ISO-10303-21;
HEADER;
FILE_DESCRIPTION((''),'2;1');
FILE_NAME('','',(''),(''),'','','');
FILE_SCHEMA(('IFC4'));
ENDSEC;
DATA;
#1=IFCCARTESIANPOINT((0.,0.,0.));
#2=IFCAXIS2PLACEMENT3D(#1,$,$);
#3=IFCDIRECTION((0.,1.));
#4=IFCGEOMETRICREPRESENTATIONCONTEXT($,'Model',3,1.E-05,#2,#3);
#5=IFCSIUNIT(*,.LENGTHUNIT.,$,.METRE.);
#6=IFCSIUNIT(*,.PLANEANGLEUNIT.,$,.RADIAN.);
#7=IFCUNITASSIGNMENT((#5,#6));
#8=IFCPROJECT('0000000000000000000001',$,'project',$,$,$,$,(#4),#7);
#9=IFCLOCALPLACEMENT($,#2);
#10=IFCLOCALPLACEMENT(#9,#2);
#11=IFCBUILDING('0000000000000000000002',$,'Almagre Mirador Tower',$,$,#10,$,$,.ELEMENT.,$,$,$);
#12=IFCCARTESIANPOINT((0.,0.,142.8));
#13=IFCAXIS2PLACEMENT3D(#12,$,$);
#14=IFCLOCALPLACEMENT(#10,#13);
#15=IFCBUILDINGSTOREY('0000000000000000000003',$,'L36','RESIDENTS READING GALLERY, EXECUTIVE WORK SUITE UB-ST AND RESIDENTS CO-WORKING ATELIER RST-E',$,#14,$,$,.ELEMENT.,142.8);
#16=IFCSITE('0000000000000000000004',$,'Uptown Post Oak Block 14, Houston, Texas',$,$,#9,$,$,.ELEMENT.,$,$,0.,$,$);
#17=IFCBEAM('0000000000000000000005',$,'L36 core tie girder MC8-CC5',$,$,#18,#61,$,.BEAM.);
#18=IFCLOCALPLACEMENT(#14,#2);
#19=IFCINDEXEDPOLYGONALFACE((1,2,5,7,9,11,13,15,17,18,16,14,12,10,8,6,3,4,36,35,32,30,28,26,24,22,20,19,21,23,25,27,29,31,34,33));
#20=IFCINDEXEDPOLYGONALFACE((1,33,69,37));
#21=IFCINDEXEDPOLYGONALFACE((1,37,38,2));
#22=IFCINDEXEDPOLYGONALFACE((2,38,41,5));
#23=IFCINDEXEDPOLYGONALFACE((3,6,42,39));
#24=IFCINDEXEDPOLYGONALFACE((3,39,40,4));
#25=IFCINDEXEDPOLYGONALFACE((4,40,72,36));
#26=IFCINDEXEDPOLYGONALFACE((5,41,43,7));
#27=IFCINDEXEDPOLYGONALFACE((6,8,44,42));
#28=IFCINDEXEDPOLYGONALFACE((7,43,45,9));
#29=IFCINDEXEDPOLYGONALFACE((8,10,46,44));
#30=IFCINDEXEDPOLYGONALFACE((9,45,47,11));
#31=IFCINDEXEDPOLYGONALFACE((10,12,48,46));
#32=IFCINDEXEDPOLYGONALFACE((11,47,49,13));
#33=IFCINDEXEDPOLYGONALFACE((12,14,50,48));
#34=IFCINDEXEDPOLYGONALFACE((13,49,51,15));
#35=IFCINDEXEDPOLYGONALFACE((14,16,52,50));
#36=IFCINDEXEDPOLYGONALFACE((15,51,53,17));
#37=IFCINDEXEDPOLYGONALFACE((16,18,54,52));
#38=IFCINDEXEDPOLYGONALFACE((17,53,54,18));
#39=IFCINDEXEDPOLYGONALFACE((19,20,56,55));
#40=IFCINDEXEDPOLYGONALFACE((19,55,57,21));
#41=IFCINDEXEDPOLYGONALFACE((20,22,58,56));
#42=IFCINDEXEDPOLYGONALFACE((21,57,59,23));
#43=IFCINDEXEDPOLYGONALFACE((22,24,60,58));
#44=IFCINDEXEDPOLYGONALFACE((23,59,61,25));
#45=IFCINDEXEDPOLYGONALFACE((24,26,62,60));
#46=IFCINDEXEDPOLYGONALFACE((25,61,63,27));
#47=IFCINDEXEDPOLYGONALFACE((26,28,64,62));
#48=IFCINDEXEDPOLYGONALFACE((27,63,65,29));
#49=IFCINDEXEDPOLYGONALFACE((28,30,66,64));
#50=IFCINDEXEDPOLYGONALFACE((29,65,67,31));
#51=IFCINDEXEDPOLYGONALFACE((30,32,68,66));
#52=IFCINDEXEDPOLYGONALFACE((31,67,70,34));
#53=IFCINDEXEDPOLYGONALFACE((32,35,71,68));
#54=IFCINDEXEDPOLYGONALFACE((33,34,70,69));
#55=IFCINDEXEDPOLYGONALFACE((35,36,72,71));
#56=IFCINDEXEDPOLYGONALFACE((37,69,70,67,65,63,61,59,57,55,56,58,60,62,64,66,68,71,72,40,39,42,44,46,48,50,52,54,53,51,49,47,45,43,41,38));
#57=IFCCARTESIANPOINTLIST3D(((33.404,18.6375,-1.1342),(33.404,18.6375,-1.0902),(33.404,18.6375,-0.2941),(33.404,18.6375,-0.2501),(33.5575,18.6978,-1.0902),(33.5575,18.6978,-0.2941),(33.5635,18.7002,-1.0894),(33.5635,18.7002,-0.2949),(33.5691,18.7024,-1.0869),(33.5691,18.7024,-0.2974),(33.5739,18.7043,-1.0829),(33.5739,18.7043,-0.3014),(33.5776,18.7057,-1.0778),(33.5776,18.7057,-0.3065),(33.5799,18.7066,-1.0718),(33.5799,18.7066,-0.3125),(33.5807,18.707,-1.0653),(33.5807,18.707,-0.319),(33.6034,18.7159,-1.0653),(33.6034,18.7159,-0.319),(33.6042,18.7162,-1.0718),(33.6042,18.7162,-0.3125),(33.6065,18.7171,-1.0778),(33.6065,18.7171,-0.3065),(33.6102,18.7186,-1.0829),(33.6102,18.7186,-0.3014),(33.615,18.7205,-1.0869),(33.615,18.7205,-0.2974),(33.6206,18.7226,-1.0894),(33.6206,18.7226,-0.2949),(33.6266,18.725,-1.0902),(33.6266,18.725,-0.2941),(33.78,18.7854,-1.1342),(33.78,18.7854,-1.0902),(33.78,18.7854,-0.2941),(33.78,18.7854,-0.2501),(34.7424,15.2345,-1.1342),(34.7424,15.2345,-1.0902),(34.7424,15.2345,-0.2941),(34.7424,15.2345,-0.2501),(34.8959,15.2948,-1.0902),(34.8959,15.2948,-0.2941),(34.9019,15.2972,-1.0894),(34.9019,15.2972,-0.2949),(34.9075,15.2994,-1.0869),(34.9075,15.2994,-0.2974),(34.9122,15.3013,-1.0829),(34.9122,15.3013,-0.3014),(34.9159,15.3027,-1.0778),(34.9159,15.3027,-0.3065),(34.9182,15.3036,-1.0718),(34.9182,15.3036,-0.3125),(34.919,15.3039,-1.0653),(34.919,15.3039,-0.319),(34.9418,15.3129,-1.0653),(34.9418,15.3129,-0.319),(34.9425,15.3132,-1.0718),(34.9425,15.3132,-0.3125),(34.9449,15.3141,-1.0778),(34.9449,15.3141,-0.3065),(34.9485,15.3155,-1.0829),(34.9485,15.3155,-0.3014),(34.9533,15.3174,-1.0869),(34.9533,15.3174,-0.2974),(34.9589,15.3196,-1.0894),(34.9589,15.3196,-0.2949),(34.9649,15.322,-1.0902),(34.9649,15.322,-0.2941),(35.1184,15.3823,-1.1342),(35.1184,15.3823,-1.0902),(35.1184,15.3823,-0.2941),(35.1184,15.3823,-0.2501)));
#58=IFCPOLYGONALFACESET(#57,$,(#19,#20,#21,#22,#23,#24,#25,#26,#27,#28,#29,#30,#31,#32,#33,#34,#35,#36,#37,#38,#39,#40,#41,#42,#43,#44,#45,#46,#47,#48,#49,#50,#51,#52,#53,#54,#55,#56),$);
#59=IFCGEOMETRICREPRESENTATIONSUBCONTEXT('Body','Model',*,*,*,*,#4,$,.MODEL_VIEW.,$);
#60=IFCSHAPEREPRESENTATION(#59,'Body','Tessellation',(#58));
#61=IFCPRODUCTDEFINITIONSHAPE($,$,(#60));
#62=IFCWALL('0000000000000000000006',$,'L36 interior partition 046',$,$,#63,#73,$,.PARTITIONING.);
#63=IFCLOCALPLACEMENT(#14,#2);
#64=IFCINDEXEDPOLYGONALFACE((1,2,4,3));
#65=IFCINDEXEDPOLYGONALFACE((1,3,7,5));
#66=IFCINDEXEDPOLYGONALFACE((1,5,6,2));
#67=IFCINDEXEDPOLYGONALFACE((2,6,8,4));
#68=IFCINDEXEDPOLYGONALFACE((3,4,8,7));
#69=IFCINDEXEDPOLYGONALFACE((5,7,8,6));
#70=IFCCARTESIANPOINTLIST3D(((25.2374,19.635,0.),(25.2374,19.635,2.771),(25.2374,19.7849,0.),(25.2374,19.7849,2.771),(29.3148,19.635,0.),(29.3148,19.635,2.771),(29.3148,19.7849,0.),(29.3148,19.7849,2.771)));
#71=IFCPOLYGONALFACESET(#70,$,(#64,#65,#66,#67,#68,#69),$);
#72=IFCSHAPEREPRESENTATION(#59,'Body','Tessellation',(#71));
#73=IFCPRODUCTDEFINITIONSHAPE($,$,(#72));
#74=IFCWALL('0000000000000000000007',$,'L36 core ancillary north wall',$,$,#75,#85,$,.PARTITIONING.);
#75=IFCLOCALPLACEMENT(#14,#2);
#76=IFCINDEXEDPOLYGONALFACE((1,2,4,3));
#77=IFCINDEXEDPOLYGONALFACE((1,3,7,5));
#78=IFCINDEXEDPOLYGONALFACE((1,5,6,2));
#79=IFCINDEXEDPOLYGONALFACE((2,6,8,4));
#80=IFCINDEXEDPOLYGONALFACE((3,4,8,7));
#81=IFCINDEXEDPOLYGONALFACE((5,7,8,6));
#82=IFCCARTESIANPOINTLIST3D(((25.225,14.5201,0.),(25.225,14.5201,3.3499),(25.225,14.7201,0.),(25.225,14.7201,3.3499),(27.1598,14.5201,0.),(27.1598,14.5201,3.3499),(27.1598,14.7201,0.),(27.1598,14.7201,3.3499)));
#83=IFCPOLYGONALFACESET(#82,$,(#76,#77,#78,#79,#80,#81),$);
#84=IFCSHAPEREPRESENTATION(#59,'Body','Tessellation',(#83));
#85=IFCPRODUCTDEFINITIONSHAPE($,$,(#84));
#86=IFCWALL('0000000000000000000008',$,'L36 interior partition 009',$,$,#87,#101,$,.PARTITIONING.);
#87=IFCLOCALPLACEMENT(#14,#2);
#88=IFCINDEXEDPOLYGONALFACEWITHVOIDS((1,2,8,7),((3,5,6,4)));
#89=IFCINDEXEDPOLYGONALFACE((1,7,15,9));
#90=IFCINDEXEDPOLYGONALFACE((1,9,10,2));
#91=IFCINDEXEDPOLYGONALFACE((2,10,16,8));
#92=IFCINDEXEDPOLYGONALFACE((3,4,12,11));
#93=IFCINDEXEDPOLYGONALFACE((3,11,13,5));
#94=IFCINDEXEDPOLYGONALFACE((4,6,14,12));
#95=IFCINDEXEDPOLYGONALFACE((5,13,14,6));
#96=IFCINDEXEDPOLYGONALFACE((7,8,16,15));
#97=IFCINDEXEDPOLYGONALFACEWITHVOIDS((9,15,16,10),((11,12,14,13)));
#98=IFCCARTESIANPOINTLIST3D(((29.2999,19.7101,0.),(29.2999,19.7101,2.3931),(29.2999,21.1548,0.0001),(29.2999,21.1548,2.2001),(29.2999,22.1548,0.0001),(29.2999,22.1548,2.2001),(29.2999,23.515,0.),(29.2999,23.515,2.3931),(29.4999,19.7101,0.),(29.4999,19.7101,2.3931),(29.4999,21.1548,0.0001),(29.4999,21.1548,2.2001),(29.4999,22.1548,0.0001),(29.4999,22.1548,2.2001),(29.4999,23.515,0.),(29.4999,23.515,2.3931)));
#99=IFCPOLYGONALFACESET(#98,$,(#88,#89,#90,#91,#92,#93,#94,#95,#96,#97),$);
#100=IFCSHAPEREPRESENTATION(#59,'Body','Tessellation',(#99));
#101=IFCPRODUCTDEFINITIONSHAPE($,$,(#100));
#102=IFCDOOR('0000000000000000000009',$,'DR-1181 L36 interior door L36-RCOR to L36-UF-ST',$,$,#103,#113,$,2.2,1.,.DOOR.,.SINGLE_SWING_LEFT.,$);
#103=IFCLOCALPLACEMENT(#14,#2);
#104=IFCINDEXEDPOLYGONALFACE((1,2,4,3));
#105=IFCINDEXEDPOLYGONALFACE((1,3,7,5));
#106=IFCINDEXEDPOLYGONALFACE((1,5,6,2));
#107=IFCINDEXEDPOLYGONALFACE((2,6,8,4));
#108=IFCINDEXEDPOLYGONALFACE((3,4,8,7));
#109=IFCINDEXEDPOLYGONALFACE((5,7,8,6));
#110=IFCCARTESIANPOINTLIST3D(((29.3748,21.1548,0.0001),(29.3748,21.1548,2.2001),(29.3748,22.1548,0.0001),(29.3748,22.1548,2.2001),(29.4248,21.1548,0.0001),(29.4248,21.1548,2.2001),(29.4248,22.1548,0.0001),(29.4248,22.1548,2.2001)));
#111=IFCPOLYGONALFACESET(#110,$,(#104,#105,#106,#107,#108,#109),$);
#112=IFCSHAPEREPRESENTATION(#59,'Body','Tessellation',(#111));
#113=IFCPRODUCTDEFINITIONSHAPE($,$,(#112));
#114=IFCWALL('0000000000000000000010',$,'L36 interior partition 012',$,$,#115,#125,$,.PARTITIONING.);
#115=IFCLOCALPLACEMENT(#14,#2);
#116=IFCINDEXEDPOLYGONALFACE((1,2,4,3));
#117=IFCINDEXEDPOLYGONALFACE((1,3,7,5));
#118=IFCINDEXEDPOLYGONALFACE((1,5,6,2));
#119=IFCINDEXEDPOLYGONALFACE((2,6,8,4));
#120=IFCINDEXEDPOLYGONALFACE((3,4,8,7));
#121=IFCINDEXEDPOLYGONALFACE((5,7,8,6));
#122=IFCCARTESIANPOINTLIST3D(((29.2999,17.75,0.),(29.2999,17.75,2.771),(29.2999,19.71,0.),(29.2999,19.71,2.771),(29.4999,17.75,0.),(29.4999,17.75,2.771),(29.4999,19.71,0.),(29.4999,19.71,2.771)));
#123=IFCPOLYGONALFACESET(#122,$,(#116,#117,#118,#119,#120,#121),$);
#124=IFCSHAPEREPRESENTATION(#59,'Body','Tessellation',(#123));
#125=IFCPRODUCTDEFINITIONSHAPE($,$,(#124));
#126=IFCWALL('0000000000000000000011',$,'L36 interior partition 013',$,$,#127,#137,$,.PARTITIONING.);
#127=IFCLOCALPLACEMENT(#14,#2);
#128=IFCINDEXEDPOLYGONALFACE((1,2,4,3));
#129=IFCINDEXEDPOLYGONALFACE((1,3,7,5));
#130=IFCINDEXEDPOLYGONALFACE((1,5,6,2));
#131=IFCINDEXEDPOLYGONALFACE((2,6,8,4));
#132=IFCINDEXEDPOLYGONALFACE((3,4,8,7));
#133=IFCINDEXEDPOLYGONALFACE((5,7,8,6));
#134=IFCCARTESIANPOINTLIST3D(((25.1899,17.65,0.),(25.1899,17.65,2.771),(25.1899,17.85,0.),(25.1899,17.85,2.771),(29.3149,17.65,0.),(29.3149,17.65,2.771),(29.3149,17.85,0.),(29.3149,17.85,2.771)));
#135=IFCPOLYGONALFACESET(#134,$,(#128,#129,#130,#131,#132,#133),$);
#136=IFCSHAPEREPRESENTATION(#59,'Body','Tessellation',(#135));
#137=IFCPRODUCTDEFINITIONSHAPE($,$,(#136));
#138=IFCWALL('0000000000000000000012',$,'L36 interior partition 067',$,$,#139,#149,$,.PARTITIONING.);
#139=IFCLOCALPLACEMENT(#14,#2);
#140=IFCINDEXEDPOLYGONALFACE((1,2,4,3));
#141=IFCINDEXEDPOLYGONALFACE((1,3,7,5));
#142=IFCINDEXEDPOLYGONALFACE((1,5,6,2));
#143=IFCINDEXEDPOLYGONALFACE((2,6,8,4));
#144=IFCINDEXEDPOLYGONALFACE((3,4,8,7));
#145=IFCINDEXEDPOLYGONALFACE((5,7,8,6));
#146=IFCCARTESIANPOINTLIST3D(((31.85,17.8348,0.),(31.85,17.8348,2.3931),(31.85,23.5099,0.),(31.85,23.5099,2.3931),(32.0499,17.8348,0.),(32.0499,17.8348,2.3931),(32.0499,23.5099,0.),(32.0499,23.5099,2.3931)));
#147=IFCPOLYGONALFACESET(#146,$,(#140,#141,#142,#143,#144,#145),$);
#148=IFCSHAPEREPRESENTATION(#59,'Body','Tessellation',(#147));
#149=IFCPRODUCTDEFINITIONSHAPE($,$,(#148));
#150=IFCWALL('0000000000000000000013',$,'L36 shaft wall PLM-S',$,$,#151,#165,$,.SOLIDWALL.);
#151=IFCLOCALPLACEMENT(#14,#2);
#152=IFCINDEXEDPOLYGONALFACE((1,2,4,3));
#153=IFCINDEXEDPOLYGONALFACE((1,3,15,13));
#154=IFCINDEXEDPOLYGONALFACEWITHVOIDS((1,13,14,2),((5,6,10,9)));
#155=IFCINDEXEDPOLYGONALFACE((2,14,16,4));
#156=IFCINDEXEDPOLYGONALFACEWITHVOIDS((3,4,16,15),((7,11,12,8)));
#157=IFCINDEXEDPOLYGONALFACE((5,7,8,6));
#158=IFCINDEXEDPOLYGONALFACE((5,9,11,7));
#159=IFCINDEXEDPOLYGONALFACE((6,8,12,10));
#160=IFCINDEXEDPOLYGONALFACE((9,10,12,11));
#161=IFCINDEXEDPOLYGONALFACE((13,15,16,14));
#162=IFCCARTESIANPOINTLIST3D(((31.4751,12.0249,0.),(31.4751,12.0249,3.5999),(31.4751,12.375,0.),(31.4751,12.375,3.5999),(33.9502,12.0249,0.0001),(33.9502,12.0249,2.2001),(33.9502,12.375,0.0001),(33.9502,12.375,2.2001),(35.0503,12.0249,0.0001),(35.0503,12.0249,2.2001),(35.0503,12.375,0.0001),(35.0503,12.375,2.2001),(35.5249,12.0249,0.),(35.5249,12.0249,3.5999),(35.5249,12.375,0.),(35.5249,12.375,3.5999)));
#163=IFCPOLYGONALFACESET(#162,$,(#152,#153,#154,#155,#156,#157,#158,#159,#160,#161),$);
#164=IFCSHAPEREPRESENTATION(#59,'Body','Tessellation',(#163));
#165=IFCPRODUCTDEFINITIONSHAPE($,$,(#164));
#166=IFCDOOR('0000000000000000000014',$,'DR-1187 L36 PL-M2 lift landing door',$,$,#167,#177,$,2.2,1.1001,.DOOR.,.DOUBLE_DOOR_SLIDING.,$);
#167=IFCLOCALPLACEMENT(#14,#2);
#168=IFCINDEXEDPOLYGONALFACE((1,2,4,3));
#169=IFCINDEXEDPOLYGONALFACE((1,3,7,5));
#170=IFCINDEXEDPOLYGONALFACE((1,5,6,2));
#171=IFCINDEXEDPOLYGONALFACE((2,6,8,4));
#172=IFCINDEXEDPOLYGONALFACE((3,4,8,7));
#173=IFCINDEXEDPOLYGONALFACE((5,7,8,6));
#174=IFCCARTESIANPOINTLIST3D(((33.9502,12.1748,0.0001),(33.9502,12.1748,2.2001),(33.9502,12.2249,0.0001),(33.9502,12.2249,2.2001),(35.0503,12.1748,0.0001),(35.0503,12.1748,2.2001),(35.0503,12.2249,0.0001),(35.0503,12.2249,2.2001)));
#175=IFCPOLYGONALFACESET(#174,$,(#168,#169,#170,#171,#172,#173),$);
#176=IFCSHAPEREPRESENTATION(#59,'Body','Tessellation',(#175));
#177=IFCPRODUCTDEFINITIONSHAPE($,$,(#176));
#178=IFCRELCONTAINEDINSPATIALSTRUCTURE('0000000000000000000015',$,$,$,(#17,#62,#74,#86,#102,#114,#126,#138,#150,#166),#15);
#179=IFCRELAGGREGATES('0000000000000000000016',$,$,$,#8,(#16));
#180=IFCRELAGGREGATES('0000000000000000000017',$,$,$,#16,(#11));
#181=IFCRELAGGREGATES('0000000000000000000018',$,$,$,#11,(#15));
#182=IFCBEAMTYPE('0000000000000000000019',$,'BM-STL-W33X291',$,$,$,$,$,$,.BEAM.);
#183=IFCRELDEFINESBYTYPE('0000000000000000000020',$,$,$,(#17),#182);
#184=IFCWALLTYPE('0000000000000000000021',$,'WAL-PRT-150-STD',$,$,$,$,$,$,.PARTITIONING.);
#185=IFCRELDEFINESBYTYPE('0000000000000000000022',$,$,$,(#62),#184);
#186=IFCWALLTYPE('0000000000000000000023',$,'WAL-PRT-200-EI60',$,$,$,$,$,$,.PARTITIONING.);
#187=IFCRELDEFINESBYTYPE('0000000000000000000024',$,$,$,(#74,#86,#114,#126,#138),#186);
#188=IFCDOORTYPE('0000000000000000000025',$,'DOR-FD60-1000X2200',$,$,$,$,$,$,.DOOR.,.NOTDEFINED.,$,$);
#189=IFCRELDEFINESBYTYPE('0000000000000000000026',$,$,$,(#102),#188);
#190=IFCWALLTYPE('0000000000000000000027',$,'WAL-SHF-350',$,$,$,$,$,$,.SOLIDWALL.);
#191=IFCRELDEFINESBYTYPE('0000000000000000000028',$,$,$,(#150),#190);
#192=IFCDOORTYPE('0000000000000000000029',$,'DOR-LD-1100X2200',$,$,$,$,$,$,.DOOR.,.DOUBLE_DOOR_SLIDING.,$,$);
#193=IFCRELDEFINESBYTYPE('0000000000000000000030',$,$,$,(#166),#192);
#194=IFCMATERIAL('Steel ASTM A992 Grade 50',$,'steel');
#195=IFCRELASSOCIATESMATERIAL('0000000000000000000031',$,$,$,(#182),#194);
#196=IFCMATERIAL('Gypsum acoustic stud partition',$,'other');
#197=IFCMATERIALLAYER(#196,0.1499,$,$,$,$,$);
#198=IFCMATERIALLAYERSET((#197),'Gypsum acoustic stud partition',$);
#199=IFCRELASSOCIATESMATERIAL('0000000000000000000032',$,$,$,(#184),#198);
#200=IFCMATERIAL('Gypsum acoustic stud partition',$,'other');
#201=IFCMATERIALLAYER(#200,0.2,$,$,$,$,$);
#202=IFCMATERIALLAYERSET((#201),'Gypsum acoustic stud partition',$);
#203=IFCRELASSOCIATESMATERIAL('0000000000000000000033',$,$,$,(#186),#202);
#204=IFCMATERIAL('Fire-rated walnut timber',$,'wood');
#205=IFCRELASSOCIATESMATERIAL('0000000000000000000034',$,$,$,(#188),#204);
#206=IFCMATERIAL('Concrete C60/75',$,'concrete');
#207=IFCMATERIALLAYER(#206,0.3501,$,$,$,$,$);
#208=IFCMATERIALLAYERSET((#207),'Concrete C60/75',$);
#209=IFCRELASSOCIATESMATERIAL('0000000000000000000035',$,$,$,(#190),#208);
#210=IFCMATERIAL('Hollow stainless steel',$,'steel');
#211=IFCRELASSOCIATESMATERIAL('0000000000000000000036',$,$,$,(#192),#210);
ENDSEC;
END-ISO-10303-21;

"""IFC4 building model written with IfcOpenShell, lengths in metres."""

from ifc_helpers import new_model, si_unit, direction, frame, frame_2d, origin, origin_2d, place, context, subcontext, project, spatial, rectangle, i_section, extrude, material, layer, layer_set, material_profile, profile_set, type_object, element, fill, save


model = new_model("IFC4")

# Units and contexts
model_context = context("Model", 3, precision=1e-05, world=origin(), true_north=direction((0.0, 1.0)))
body_context = subcontext(model_context, "Body", "Model", "MODEL_VIEW")
ifc_project = project(units=[si_unit("LENGTHUNIT", "METRE"), si_unit("PLANEANGLEUNIT", "RADIAN")], contexts=[model_context])

# Site, building, storey
site_placement = place(None, origin())
site = spatial("IfcSite", under=ifc_project, at=site_placement, Name="Uptown Post Oak Block 14, Houston, Texas", CompositionType="ELEMENT", RefElevation=0.0)
building_placement = place(site_placement, origin())
building = spatial("IfcBuilding", under=site, at=building_placement, Name="Almagre Mirador Tower", CompositionType="ELEMENT")
storey_placement = place(building_placement, frame((0.0, 0.0, 142.8)))
storey = spatial("IfcBuildingStorey", under=building, at=storey_placement, Name="L36", Description="RESIDENTS READING GALLERY, EXECUTIVE WORK SUITE UB-ST AND RESIDENTS CO-WORKING ATELIER RST-E", CompositionType="ELEMENT", Elevation=142.8)

# Beam
ifc_material_1 = material(Name="Steel ASTM A992 Grade 50", Category="steel")
ifc_material_profile_1 = material_profile(ifc_material_1, i_section(OverallWidth=0.4041, OverallDepth=0.884, WebThickness=0.0244, FlangeThickness=0.0439, FilletRadius=0.0249, at=origin_2d()), Name="W33X291")
ifc_profile_set_1 = profile_set([ifc_material_profile_1], Name="Steel ASTM A992 Grade 50")
beam_type_1 = type_object("IfcBeamType", Name="BM-STL-W33X291", PredefinedType="BEAM", material=ifc_profile_set_1)
beam_1_placement = place(storey_placement, frame((33.592, 18.7114, -0.6921), z_axis=(0.365997, -0.930616, 0.0), x_axis=(0.930616, 0.365997, 0.0)))
element("IfcBeam", 1, at=beam_1_placement, inside=storey, type_object=beam_type_1, Name="L36 core tie girder MC8-CC5", PredefinedType="BEAM", context=body_context, shape_type="SweptSolid", body=[
    extrude(i_section(OverallWidth=0.4041, OverallDepth=0.884, WebThickness=0.0244, FlangeThickness=0.0439, FilletRadius=0.0249, at=origin_2d()), origin(), (0.0, 0.0, 1.0), 3.6567),
])

# Walls
ifc_material_2 = material(Name="Gypsum acoustic stud partition", Category="other")
ifc_layer_1 = layer(ifc_material_2, 0.1499)
ifc_layer_set_1 = layer_set([ifc_layer_1], Name="Gypsum acoustic stud partition")
wall_type_1 = type_object("IfcWallType", Name="WAL-PRT-150-STD", PredefinedType="PARTITIONING", material=ifc_layer_set_1)
wall_1_placement = place(storey_placement, frame((25.2375, 19.71, 0.0), z_axis=(0.0, 0.0, 1.0), x_axis=(1.0, 0.0, 0.0)))
element("IfcWall", 2, at=wall_1_placement, inside=storey, type_object=wall_type_1, Name="L36 interior partition 046", PredefinedType="PARTITIONING", context=body_context, shape_type="SweptSolid", body=[
    extrude(rectangle(XDim=4.0774, YDim=0.1499, at=frame_2d((2.0386, 0.0))), origin(), (0.0, 0.0, 1.0), 2.771),
])
ifc_material_3 = material(Name="Gypsum acoustic stud partition", Category="other")
ifc_layer_2 = layer(ifc_material_3, 0.2)
ifc_layer_set_2 = layer_set([ifc_layer_2], Name="Gypsum acoustic stud partition")
wall_type_2 = type_object("IfcWallType", Name="WAL-PRT-200-EI60", PredefinedType="PARTITIONING", material=ifc_layer_set_2)
wall_2_placement = place(storey_placement, frame((25.2251, 14.6201, 0.0), z_axis=(0.0, 0.0, 1.0), x_axis=(1.0, 0.0, 0.0)))
element("IfcWall", 3, at=wall_2_placement, inside=storey, type_object=wall_type_2, Name="L36 core ancillary north wall", PredefinedType="PARTITIONING", context=body_context, shape_type="SweptSolid", body=[
    extrude(rectangle(XDim=1.9348, YDim=0.2, at=frame_2d((0.9673, 0.0))), origin(), (0.0, 0.0, 1.0), 3.3499),
])

# Wall, opening, door
wall_3_placement = place(storey_placement, frame((29.3999, 23.5149, 0.0), z_axis=(0.0, 0.0, 1.0), x_axis=(0.0, -1.0, 0.0)))
wall_3 = element("IfcWall", 4, at=wall_3_placement, inside=storey, type_object=wall_type_2, Name="L36 interior partition 009", PredefinedType="PARTITIONING", context=body_context, shape_type="SweptSolid", body=[
    extrude(rectangle(XDim=3.8049, YDim=0.2, at=frame_2d((1.9023, 0.0))), origin(), (0.0, 0.0, 1.0), 2.3931),
])
opening_1_placement = place(wall_3_placement, frame((1.3601, 0.0, 0.0)))
opening_1 = element("IfcOpeningElement", 5, at=opening_1_placement, cuts=wall_3, PredefinedType="OPENING", context=body_context, shape_type="SweptSolid", body=[
    extrude(rectangle(XDim=1.0, YDim=2.2, at=frame_2d((0.5, 1.1001))), frame((0.0, 0.1101, 0.0), z_axis=(0.0, -1.0, 0.0), x_axis=(1.0, 0.0, 0.0)), (0.0, 0.0, 1.0), 0.22),
])
ifc_material_4 = material(Name="Fire-rated walnut timber", Category="wood")
door_type_1 = type_object("IfcDoorType", Name="DOR-FD60-1000X2200", OperationType="NOTDEFINED", PredefinedType="DOOR", material=ifc_material_4)
door_1_placement = place(opening_1_placement, origin())
door_1 = element("IfcDoor", 6, at=door_1_placement, inside=storey, type_object=door_type_1, Name="DR-1181 L36 interior door L36-RCOR to L36-UF-ST", OperationType="SINGLE_SWING_LEFT", OverallHeight=2.2, OverallWidth=1.0, PredefinedType="DOOR", context=body_context, shape_type="SweptSolid", body=[
    extrude(rectangle(XDim=1.0, YDim=2.2, at=frame_2d((0.5, 1.1001))), frame((0.0, 0.0249, 0.0), z_axis=(0.0, -1.0, 0.0), x_axis=(1.0, 0.0, 0.0)), (0.0, 0.0, 1.0), 0.05),
])
fill(opening_1, door_1)

# Walls
wall_4_placement = place(storey_placement, frame((29.3999, 19.71, 0.0), z_axis=(0.0, 0.0, 1.0), x_axis=(0.0, -1.0, 0.0)))
element("IfcWall", 7, at=wall_4_placement, inside=storey, type_object=wall_type_2, Name="L36 interior partition 012", PredefinedType="PARTITIONING", context=body_context, shape_type="SweptSolid", body=[
    extrude(rectangle(XDim=1.96, YDim=0.2, at=frame_2d((0.98, 0.0))), origin(), (0.0, 0.0, 1.0), 2.771),
])
wall_5_placement = place(storey_placement, frame((29.3149, 17.75, 0.0), z_axis=(0.0, 0.0, 1.0), x_axis=(-1.0, 0.0, 0.0)))
element("IfcWall", 8, at=wall_5_placement, inside=storey, type_object=wall_type_2, Name="L36 interior partition 013", PredefinedType="PARTITIONING", context=body_context, shape_type="SweptSolid", body=[
    extrude(rectangle(XDim=4.125, YDim=0.2, at=frame_2d((2.0625, 0.0))), origin(), (0.0, 0.0, 1.0), 2.771),
])
wall_6_placement = place(storey_placement, frame((31.95, 17.835, 0.0), z_axis=(0.0, 0.0, 1.0), x_axis=(0.0, 1.0, 0.0)))
element("IfcWall", 9, at=wall_6_placement, inside=storey, type_object=wall_type_2, Name="L36 interior partition 067", PredefinedType="PARTITIONING", context=body_context, shape_type="SweptSolid", body=[
    extrude(rectangle(XDim=5.675, YDim=0.2, at=frame_2d((2.8374, 0.0))), origin(), (0.0, 0.0, 1.0), 2.3931),
])

# Wall, opening, door
ifc_material_5 = material(Name="Concrete C60/75", Category="concrete")
ifc_layer_3 = layer(ifc_material_5, 0.3501)
ifc_layer_set_3 = layer_set([ifc_layer_3], Name="Concrete C60/75")
wall_type_3 = type_object("IfcWallType", Name="WAL-SHF-350", PredefinedType="SOLIDWALL", material=ifc_layer_set_3)
wall_7_placement = place(storey_placement, frame((31.4751, 12.2, 0.0), z_axis=(0.0, 0.0, 1.0), x_axis=(1.0, 0.0, 0.0)))
wall_7 = element("IfcWall", 10, at=wall_7_placement, inside=storey, type_object=wall_type_3, Name="L36 shaft wall PLM-S", PredefinedType="SOLIDWALL", context=body_context, shape_type="SweptSolid", body=[
    extrude(rectangle(XDim=4.0498, YDim=0.3501, at=frame_2d((2.0249, 0.0))), origin(), (0.0, 0.0, 1.0), 3.5999),
])
opening_2_placement = place(wall_7_placement, frame((2.4751, 0.0, 0.0)))
opening_2 = element("IfcOpeningElement", 11, at=opening_2_placement, cuts=wall_7, PredefinedType="OPENING", context=body_context, shape_type="SweptSolid", body=[
    extrude(rectangle(XDim=1.1001, YDim=2.2, at=frame_2d((0.55, 1.1001))), frame((0.0, 0.185, 0.0), z_axis=(0.0, -1.0, 0.0), x_axis=(1.0, 0.0, 0.0)), (0.0, 0.0, 1.0), 0.3701),
])
ifc_material_6 = material(Name="Hollow stainless steel", Category="steel")
door_type_2 = type_object("IfcDoorType", Name="DOR-LD-1100X2200", OperationType="DOUBLE_DOOR_SLIDING", PredefinedType="DOOR", material=ifc_material_6)
door_2_placement = place(opening_2_placement, origin())
door_2 = element("IfcDoor", 12, at=door_2_placement, inside=storey, type_object=door_type_2, Name="DR-1187 L36 PL-M2 lift landing door", OperationType="DOUBLE_DOOR_SLIDING", OverallHeight=2.2, OverallWidth=1.1001, PredefinedType="DOOR", context=body_context, shape_type="SweptSolid", body=[
    extrude(rectangle(XDim=1.1001, YDim=2.2, at=frame_2d((0.55, 1.1001))), frame((0.0, 0.0249, 0.0), z_axis=(0.0, -1.0, 0.0), x_axis=(1.0, 0.0, 0.0)), (0.0, 0.0, 1.0), 0.05),
])
fill(opening_2, door_2)

save(model, "model.ifc")
